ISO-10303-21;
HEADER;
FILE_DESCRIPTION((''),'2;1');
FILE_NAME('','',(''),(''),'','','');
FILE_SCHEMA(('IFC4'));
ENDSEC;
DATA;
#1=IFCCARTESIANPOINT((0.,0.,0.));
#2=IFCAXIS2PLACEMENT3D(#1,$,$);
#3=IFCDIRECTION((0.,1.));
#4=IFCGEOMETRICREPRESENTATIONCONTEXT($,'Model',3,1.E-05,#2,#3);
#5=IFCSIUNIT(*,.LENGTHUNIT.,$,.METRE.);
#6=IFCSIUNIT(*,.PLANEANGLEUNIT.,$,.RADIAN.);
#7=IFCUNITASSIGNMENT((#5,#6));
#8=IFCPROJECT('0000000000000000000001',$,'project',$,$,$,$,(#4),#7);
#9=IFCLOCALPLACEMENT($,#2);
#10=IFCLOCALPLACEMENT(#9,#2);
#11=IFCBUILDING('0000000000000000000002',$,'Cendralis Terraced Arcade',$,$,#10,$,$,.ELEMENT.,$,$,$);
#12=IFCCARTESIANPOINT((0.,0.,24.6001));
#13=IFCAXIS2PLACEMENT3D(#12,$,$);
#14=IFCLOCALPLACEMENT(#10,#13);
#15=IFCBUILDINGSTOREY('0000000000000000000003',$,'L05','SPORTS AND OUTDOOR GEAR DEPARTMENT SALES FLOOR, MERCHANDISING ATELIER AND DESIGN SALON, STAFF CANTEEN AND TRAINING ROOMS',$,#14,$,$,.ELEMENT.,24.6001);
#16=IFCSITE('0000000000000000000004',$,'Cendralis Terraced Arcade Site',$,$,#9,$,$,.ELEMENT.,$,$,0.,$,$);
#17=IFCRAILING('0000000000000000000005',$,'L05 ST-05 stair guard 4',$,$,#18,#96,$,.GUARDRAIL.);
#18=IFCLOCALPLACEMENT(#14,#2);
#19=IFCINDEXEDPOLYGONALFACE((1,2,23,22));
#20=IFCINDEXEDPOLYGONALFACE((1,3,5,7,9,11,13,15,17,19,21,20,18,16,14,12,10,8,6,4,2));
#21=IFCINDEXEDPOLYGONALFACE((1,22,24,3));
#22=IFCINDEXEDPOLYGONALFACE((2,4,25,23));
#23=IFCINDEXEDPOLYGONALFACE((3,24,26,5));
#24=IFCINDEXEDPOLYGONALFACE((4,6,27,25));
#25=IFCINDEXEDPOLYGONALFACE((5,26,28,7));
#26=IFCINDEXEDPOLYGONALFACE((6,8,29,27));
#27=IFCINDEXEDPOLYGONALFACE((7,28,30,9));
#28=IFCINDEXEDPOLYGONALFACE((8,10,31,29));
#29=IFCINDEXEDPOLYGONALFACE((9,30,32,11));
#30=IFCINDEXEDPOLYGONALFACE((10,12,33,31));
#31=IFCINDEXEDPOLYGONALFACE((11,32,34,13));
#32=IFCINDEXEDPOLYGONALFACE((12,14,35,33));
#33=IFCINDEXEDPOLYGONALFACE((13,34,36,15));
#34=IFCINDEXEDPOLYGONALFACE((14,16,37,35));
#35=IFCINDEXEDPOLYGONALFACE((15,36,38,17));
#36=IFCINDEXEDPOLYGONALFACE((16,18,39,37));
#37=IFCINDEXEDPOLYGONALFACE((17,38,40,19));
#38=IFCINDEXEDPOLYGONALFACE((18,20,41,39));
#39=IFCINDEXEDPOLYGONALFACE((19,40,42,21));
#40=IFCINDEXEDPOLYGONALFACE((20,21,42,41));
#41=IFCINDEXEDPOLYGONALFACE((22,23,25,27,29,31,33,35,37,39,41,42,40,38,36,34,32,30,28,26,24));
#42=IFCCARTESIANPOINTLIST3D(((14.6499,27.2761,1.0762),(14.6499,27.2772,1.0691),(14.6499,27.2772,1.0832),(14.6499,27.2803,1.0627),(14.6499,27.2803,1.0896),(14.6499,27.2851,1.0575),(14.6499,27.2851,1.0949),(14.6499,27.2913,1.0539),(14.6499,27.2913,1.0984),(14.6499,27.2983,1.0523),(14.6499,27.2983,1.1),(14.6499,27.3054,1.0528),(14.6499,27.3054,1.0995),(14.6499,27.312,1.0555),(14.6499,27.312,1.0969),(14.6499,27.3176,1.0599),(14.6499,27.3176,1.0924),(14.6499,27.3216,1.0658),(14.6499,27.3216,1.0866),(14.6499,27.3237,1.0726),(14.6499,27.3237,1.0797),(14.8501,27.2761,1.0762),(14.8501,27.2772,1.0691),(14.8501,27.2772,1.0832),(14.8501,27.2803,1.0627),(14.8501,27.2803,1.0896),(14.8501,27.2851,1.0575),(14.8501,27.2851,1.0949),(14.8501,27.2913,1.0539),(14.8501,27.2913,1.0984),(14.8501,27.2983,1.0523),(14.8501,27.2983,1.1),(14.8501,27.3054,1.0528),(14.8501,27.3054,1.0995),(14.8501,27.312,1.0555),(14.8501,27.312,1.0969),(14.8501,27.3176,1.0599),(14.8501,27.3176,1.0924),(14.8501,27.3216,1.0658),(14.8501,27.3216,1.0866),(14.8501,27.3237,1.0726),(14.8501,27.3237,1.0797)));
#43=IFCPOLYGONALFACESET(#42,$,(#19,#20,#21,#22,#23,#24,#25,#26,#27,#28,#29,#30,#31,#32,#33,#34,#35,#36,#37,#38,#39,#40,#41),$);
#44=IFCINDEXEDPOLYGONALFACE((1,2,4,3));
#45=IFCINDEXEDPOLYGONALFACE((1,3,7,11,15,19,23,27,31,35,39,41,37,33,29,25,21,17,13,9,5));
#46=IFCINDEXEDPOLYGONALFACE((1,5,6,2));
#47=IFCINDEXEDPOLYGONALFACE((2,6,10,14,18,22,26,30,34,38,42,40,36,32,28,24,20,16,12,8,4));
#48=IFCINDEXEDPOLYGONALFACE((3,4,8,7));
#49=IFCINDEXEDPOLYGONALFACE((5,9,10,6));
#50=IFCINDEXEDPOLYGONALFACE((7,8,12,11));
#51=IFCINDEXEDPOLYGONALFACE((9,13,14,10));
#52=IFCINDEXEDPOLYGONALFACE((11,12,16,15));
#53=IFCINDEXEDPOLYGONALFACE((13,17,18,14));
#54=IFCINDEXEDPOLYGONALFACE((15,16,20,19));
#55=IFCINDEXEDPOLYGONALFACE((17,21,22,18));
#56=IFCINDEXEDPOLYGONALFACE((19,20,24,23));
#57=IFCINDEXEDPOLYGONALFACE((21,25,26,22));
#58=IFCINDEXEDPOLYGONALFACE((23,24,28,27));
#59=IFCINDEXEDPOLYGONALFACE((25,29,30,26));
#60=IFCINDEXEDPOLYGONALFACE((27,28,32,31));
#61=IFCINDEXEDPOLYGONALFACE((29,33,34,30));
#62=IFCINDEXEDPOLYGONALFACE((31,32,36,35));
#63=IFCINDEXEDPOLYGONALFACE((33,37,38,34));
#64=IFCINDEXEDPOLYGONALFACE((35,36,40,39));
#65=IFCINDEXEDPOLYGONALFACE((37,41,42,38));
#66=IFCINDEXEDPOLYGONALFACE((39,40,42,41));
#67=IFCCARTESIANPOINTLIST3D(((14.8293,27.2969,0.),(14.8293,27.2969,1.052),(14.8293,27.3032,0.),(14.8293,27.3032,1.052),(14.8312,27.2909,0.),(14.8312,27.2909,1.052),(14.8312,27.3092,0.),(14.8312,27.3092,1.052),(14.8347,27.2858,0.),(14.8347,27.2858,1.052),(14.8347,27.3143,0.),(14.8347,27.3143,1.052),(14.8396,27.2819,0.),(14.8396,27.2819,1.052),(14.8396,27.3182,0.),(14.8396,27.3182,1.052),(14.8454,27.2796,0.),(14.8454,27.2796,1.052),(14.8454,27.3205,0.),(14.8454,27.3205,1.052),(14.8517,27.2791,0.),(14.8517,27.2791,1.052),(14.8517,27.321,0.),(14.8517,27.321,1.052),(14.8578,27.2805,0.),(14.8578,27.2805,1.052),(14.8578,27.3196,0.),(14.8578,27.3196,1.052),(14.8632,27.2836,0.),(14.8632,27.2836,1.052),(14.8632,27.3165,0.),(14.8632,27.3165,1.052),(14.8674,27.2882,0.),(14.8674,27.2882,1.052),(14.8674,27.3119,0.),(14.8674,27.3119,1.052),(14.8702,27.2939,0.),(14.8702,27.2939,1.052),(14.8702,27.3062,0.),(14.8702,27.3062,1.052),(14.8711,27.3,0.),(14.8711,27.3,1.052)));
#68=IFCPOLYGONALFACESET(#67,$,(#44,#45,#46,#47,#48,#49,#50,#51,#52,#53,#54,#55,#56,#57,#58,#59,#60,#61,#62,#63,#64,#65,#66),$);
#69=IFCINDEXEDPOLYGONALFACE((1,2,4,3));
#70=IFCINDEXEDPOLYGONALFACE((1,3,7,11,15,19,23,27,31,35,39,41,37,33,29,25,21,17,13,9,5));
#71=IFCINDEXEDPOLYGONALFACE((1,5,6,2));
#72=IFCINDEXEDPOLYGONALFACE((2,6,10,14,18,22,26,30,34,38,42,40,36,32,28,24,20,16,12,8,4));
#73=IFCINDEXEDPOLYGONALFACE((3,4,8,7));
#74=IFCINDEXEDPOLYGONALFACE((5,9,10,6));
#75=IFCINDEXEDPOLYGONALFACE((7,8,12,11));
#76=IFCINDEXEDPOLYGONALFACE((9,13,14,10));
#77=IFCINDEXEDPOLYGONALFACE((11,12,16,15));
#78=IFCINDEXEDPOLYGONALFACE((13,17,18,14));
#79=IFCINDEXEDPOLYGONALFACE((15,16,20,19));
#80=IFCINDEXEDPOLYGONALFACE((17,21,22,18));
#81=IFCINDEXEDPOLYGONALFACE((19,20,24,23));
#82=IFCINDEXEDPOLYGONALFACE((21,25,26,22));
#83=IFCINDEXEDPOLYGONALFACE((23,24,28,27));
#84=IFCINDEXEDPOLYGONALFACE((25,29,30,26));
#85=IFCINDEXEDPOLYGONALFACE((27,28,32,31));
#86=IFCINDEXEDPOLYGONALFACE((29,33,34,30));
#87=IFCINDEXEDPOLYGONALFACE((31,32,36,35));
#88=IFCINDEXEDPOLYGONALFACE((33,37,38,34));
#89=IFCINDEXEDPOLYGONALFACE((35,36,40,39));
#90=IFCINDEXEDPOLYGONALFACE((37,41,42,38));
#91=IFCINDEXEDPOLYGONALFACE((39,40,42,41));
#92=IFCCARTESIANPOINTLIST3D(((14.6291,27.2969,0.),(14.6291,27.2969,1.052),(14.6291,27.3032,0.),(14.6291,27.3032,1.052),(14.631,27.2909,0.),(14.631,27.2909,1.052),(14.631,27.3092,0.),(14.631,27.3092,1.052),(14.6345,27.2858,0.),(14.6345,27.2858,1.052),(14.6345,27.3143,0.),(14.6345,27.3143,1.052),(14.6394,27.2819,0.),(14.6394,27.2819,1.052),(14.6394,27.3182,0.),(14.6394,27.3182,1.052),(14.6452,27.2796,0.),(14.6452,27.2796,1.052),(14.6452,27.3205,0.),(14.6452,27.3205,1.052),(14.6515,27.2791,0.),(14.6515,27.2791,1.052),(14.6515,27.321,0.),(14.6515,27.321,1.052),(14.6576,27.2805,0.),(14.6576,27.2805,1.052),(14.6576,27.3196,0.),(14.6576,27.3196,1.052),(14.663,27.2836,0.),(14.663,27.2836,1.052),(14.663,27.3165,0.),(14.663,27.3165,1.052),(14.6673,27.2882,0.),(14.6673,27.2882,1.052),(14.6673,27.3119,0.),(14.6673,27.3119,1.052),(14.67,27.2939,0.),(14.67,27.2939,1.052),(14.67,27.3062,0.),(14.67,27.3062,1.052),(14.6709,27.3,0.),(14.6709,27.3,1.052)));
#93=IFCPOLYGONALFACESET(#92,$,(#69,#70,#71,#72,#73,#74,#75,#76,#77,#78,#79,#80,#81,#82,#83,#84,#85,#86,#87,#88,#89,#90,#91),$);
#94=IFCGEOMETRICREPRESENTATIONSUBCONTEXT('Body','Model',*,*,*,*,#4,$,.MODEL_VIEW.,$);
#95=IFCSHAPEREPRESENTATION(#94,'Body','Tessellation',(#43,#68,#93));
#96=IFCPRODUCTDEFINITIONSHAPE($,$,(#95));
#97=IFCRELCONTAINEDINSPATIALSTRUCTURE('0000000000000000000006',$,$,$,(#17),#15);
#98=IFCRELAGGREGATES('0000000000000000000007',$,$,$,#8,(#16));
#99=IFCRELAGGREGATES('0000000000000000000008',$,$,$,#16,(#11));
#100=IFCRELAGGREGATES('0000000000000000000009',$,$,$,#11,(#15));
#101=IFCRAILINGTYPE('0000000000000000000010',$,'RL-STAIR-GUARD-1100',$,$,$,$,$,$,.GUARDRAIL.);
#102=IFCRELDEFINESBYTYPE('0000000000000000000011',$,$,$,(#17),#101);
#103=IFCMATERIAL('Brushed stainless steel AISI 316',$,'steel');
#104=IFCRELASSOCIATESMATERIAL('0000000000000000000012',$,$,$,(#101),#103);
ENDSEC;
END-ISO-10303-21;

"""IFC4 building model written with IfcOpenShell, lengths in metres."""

from ifc_helpers import new_model, si_unit, direction, frame, origin, origin_2d, place, context, subcontext, project, spatial, circle, extrude, material, type_object, element, save


model = new_model("IFC4")

# Units and contexts
model_context = context("Model", 3, precision=1e-05, world=origin(), true_north=direction((0.0, 1.0)))
body_context = subcontext(model_context, "Body", "Model", "MODEL_VIEW")
ifc_project = project(units=[si_unit("LENGTHUNIT", "METRE"), si_unit("PLANEANGLEUNIT", "RADIAN")], contexts=[model_context])

# Site, building, storey
site_placement = place(None, origin())
site = spatial("IfcSite", under=ifc_project, at=site_placement, Name="Cendralis Terraced Arcade Site", CompositionType="ELEMENT", RefElevation=0.0)
building_placement = place(site_placement, origin())
building = spatial("IfcBuilding", under=site, at=building_placement, Name="Cendralis Terraced Arcade", CompositionType="ELEMENT")
storey_placement = place(building_placement, frame((0.0, 0.0, 24.6001)))
storey = spatial("IfcBuildingStorey", under=building, at=storey_placement, Name="L05", Description="SPORTS AND OUTDOOR GEAR DEPARTMENT SALES FLOOR, MERCHANDISING ATELIER AND DESIGN SALON, STAFF CANTEEN AND TRAINING ROOMS", CompositionType="ELEMENT", Elevation=24.6001)

# Railing
ifc_material_1 = material(Name="Brushed stainless steel AISI 316", Category="steel")
railing_type_1 = type_object("IfcRailingType", Name="RL-STAIR-GUARD-1100", PredefinedType="GUARDRAIL", material=ifc_material_1)
railing_1_placement = place(storey_placement, frame((14.8501, 27.3, 0.0)))
element("IfcRailing", 1, at=railing_1_placement, inside=storey, type_object=railing_type_1, Name="L05 ST-05 stair guard 4", PredefinedType="GUARDRAIL", context=body_context, shape_type="SweptSolid", body=[
    extrude(circle(Radius=0.0239, at=origin_2d()), frame((0.0, 0.0, 1.0762), z_axis=(-1.0, 0.0, 0.0), x_axis=(0.0, -1.0, 0.0)), (0.0, 0.0, 1.0), 0.2002),
    extrude(circle(Radius=0.021, at=origin_2d()), origin(), (0.0, 0.0, 1.0), 1.052),
    extrude(circle(Radius=0.021, at=origin_2d()), frame((-0.2002, 0.0, 0.0)), (0.0, 0.0, 1.0), 1.052),
])

save(model, "model.ifc")
